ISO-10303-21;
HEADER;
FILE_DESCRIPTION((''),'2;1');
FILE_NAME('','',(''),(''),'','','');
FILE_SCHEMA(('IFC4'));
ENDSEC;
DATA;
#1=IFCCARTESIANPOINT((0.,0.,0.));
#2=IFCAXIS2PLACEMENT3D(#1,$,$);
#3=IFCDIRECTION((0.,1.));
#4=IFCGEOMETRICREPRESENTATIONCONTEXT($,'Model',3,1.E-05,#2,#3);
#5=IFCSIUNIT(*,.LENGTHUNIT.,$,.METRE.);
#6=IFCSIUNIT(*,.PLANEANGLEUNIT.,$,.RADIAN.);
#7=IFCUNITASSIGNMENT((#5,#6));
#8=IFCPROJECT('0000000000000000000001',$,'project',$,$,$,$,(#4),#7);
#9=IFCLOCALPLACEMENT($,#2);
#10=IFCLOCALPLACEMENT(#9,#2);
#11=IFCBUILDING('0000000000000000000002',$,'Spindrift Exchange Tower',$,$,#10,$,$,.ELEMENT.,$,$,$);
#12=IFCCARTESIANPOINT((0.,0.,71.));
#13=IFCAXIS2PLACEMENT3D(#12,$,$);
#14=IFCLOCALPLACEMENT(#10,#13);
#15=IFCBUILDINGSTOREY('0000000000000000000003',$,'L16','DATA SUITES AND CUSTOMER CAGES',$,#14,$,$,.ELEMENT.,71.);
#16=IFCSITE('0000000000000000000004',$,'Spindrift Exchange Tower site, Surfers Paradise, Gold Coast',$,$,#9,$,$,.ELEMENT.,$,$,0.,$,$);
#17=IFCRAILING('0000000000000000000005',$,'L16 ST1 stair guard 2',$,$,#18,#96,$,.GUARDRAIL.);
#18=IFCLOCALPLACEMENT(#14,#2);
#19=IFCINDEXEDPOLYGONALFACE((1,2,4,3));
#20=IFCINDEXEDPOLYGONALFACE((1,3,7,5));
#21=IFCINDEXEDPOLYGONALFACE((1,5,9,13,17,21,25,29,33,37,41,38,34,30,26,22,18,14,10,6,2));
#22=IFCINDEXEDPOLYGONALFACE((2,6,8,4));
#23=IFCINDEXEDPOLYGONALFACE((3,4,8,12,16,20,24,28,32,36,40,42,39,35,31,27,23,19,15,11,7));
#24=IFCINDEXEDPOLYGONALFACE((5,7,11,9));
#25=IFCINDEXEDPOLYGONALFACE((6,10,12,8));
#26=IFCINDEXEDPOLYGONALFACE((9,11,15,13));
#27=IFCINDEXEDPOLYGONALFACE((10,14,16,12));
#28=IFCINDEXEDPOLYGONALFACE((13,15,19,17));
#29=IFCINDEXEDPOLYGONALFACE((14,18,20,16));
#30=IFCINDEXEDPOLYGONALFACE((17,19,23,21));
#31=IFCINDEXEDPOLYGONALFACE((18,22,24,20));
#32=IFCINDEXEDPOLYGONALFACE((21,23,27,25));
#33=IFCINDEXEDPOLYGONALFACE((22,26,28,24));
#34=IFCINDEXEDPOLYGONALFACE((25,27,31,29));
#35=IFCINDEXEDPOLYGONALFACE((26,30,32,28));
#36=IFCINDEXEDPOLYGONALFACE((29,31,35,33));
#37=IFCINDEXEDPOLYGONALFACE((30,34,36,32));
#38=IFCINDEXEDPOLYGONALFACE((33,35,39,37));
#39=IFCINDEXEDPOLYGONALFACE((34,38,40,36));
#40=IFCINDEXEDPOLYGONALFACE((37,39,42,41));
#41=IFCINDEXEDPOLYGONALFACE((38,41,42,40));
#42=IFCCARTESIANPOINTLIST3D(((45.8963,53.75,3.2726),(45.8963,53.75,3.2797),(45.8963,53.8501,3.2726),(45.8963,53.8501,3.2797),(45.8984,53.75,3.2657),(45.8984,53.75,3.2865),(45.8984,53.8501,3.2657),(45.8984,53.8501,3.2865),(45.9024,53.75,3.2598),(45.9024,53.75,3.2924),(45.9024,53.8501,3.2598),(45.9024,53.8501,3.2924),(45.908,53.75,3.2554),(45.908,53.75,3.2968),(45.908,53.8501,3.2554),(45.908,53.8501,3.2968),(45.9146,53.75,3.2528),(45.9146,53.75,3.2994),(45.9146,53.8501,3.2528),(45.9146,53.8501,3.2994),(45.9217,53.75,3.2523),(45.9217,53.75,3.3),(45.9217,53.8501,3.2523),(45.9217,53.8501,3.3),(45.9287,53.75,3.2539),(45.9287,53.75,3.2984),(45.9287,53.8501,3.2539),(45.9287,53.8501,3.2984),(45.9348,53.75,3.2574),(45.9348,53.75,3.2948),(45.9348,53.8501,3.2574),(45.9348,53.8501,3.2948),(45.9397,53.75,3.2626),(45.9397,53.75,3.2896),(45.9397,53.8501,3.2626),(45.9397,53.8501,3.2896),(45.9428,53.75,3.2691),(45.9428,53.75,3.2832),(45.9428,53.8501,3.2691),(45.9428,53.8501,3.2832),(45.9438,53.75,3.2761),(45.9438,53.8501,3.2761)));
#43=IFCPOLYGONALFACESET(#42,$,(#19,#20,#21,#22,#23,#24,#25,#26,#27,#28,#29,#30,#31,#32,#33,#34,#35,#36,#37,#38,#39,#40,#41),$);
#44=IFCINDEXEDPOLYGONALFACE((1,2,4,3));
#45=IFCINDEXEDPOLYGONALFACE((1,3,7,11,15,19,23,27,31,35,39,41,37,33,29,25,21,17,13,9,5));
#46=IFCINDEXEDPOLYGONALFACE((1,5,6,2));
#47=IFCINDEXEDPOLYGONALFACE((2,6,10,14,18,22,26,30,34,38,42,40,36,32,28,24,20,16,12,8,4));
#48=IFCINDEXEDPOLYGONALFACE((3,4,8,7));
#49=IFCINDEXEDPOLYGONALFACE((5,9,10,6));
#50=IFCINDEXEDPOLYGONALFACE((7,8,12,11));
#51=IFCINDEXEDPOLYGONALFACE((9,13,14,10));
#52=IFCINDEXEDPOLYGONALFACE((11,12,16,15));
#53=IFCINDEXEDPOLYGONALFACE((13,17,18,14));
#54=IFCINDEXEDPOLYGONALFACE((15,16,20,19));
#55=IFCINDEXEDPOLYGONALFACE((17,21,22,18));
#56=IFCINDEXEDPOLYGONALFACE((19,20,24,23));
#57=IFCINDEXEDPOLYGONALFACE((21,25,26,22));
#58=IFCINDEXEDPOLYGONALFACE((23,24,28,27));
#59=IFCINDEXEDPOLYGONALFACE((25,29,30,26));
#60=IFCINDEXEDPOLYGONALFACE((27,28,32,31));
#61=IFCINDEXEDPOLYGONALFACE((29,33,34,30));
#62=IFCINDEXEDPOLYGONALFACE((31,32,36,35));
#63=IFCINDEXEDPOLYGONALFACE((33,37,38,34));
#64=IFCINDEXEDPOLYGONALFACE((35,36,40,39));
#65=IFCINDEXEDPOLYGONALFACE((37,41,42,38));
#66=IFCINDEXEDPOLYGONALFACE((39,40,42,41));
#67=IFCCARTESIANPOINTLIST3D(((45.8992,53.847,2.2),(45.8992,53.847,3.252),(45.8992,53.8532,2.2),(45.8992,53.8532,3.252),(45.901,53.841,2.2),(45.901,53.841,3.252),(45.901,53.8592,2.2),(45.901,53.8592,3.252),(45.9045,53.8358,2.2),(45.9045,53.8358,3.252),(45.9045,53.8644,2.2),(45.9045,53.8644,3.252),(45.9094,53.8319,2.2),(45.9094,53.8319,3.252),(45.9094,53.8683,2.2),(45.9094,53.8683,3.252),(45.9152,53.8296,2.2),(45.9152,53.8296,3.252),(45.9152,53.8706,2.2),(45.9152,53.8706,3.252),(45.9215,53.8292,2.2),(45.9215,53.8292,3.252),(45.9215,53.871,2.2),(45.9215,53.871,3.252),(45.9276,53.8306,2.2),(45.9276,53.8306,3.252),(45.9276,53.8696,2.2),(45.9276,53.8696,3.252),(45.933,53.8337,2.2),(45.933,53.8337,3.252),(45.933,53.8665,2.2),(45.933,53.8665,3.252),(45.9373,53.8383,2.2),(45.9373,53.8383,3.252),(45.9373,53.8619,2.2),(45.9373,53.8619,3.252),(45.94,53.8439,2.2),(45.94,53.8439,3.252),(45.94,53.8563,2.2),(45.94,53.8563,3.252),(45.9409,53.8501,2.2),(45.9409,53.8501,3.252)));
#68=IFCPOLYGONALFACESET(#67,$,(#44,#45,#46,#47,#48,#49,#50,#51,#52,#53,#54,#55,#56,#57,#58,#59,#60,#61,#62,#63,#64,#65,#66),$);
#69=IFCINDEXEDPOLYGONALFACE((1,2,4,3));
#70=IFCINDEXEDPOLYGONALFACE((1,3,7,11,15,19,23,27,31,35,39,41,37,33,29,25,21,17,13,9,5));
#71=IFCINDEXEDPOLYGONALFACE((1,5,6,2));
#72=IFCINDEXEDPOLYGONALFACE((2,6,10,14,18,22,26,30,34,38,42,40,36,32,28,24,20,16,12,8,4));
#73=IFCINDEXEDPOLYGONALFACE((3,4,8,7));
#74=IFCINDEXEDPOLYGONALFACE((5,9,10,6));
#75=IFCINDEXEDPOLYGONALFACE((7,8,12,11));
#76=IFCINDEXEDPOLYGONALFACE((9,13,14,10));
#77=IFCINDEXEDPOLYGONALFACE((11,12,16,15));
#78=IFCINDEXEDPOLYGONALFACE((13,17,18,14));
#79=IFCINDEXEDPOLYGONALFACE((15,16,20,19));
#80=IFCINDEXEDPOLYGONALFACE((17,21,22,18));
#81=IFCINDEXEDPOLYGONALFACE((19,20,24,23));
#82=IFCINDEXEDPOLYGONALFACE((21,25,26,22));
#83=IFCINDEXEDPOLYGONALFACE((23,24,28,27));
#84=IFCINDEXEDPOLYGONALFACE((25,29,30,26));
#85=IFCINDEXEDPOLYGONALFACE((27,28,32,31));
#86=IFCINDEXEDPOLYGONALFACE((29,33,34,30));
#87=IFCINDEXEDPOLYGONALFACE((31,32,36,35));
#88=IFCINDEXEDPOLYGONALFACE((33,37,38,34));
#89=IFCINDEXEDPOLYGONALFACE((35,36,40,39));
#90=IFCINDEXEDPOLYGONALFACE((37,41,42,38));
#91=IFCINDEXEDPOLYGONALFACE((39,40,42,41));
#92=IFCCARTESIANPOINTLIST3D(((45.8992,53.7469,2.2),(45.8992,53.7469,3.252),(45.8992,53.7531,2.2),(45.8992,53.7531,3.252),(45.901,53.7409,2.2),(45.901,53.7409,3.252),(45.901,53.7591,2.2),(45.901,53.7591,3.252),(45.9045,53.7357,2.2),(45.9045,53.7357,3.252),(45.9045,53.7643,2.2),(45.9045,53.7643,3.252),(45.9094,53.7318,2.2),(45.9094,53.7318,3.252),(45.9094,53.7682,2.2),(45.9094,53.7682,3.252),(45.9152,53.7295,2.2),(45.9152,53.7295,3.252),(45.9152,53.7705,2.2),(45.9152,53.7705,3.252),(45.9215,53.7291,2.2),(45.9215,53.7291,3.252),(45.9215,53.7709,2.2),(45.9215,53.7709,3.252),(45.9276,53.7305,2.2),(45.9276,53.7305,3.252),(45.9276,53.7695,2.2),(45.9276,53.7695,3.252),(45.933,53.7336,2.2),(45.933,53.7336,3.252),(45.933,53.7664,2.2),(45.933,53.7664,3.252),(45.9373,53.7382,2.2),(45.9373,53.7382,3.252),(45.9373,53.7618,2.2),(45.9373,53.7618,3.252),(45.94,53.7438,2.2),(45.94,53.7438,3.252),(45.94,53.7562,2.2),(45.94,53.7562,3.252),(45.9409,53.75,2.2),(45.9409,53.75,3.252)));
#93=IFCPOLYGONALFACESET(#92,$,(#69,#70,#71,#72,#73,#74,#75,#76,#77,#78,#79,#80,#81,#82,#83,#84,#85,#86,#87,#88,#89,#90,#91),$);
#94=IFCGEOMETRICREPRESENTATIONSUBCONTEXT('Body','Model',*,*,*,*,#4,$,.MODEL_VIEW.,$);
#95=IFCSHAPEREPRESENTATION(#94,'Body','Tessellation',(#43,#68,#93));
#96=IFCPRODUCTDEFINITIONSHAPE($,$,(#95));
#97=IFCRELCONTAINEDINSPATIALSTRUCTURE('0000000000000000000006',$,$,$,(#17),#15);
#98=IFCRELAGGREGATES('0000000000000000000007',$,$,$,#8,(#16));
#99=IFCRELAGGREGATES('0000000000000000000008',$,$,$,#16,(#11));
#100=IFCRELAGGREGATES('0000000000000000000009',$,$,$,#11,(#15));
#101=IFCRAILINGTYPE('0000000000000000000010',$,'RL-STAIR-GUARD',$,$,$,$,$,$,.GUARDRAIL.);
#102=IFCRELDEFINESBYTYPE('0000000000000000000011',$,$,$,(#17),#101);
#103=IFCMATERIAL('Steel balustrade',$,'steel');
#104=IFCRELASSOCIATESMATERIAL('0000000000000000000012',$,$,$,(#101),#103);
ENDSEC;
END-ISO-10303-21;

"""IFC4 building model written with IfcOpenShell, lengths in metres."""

from ifc_helpers import new_model, si_unit, direction, frame, origin, origin_2d, place, context, subcontext, project, spatial, circle, extrude, material, type_object, element, save


model = new_model("IFC4")

# Units and contexts
model_context = context("Model", 3, precision=1e-05, world=origin(), true_north=direction((0.0, 1.0)))
body_context = subcontext(model_context, "Body", "Model", "MODEL_VIEW")
ifc_project = project(units=[si_unit("LENGTHUNIT", "METRE"), si_unit("PLANEANGLEUNIT", "RADIAN")], contexts=[model_context])

# Site, building, storey
site_placement = place(None, origin())
site = spatial("IfcSite", under=ifc_project, at=site_placement, Name="Spindrift Exchange Tower site, Surfers Paradise, Gold Coast", CompositionType="ELEMENT", RefElevation=0.0)
building_placement = place(site_placement, origin())
building = spatial("IfcBuilding", under=site, at=building_placement, Name="Spindrift Exchange Tower", CompositionType="ELEMENT")
storey_placement = place(building_placement, frame((0.0, 0.0, 71.0)))
storey = spatial("IfcBuildingStorey", under=building, at=storey_placement, Name="L16", Description="DATA SUITES AND CUSTOMER CAGES", CompositionType="ELEMENT", Elevation=71.0)

# Railing
ifc_material_1 = material(Name="Steel balustrade", Category="steel")
railing_type_1 = type_object("IfcRailingType", Name="RL-STAIR-GUARD", PredefinedType="GUARDRAIL", material=ifc_material_1)
railing_1_placement = place(storey_placement, frame((45.9199, 53.8501, 2.2)))
element("IfcRailing", 1, at=railing_1_placement, inside=storey, type_object=railing_type_1, Name="L16 ST1 stair guard 2", PredefinedType="GUARDRAIL", context=body_context, shape_type="SweptSolid", body=[
    extrude(circle(Radius=0.0239, at=origin_2d()), frame((0.0, 0.0, 1.0762), z_axis=(0.0, -1.0, 0.0), x_axis=(1.0, 0.0, 0.0)), (0.0, 0.0, 1.0), 0.1001),
    extrude(circle(Radius=0.021, at=origin_2d()), origin(), (0.0, 0.0, 1.0), 1.052),
    extrude(circle(Radius=0.021, at=origin_2d()), frame((0.0, -0.1001, 0.0)), (0.0, 0.0, 1.0), 1.052),
])

save(model, "model.ifc")
